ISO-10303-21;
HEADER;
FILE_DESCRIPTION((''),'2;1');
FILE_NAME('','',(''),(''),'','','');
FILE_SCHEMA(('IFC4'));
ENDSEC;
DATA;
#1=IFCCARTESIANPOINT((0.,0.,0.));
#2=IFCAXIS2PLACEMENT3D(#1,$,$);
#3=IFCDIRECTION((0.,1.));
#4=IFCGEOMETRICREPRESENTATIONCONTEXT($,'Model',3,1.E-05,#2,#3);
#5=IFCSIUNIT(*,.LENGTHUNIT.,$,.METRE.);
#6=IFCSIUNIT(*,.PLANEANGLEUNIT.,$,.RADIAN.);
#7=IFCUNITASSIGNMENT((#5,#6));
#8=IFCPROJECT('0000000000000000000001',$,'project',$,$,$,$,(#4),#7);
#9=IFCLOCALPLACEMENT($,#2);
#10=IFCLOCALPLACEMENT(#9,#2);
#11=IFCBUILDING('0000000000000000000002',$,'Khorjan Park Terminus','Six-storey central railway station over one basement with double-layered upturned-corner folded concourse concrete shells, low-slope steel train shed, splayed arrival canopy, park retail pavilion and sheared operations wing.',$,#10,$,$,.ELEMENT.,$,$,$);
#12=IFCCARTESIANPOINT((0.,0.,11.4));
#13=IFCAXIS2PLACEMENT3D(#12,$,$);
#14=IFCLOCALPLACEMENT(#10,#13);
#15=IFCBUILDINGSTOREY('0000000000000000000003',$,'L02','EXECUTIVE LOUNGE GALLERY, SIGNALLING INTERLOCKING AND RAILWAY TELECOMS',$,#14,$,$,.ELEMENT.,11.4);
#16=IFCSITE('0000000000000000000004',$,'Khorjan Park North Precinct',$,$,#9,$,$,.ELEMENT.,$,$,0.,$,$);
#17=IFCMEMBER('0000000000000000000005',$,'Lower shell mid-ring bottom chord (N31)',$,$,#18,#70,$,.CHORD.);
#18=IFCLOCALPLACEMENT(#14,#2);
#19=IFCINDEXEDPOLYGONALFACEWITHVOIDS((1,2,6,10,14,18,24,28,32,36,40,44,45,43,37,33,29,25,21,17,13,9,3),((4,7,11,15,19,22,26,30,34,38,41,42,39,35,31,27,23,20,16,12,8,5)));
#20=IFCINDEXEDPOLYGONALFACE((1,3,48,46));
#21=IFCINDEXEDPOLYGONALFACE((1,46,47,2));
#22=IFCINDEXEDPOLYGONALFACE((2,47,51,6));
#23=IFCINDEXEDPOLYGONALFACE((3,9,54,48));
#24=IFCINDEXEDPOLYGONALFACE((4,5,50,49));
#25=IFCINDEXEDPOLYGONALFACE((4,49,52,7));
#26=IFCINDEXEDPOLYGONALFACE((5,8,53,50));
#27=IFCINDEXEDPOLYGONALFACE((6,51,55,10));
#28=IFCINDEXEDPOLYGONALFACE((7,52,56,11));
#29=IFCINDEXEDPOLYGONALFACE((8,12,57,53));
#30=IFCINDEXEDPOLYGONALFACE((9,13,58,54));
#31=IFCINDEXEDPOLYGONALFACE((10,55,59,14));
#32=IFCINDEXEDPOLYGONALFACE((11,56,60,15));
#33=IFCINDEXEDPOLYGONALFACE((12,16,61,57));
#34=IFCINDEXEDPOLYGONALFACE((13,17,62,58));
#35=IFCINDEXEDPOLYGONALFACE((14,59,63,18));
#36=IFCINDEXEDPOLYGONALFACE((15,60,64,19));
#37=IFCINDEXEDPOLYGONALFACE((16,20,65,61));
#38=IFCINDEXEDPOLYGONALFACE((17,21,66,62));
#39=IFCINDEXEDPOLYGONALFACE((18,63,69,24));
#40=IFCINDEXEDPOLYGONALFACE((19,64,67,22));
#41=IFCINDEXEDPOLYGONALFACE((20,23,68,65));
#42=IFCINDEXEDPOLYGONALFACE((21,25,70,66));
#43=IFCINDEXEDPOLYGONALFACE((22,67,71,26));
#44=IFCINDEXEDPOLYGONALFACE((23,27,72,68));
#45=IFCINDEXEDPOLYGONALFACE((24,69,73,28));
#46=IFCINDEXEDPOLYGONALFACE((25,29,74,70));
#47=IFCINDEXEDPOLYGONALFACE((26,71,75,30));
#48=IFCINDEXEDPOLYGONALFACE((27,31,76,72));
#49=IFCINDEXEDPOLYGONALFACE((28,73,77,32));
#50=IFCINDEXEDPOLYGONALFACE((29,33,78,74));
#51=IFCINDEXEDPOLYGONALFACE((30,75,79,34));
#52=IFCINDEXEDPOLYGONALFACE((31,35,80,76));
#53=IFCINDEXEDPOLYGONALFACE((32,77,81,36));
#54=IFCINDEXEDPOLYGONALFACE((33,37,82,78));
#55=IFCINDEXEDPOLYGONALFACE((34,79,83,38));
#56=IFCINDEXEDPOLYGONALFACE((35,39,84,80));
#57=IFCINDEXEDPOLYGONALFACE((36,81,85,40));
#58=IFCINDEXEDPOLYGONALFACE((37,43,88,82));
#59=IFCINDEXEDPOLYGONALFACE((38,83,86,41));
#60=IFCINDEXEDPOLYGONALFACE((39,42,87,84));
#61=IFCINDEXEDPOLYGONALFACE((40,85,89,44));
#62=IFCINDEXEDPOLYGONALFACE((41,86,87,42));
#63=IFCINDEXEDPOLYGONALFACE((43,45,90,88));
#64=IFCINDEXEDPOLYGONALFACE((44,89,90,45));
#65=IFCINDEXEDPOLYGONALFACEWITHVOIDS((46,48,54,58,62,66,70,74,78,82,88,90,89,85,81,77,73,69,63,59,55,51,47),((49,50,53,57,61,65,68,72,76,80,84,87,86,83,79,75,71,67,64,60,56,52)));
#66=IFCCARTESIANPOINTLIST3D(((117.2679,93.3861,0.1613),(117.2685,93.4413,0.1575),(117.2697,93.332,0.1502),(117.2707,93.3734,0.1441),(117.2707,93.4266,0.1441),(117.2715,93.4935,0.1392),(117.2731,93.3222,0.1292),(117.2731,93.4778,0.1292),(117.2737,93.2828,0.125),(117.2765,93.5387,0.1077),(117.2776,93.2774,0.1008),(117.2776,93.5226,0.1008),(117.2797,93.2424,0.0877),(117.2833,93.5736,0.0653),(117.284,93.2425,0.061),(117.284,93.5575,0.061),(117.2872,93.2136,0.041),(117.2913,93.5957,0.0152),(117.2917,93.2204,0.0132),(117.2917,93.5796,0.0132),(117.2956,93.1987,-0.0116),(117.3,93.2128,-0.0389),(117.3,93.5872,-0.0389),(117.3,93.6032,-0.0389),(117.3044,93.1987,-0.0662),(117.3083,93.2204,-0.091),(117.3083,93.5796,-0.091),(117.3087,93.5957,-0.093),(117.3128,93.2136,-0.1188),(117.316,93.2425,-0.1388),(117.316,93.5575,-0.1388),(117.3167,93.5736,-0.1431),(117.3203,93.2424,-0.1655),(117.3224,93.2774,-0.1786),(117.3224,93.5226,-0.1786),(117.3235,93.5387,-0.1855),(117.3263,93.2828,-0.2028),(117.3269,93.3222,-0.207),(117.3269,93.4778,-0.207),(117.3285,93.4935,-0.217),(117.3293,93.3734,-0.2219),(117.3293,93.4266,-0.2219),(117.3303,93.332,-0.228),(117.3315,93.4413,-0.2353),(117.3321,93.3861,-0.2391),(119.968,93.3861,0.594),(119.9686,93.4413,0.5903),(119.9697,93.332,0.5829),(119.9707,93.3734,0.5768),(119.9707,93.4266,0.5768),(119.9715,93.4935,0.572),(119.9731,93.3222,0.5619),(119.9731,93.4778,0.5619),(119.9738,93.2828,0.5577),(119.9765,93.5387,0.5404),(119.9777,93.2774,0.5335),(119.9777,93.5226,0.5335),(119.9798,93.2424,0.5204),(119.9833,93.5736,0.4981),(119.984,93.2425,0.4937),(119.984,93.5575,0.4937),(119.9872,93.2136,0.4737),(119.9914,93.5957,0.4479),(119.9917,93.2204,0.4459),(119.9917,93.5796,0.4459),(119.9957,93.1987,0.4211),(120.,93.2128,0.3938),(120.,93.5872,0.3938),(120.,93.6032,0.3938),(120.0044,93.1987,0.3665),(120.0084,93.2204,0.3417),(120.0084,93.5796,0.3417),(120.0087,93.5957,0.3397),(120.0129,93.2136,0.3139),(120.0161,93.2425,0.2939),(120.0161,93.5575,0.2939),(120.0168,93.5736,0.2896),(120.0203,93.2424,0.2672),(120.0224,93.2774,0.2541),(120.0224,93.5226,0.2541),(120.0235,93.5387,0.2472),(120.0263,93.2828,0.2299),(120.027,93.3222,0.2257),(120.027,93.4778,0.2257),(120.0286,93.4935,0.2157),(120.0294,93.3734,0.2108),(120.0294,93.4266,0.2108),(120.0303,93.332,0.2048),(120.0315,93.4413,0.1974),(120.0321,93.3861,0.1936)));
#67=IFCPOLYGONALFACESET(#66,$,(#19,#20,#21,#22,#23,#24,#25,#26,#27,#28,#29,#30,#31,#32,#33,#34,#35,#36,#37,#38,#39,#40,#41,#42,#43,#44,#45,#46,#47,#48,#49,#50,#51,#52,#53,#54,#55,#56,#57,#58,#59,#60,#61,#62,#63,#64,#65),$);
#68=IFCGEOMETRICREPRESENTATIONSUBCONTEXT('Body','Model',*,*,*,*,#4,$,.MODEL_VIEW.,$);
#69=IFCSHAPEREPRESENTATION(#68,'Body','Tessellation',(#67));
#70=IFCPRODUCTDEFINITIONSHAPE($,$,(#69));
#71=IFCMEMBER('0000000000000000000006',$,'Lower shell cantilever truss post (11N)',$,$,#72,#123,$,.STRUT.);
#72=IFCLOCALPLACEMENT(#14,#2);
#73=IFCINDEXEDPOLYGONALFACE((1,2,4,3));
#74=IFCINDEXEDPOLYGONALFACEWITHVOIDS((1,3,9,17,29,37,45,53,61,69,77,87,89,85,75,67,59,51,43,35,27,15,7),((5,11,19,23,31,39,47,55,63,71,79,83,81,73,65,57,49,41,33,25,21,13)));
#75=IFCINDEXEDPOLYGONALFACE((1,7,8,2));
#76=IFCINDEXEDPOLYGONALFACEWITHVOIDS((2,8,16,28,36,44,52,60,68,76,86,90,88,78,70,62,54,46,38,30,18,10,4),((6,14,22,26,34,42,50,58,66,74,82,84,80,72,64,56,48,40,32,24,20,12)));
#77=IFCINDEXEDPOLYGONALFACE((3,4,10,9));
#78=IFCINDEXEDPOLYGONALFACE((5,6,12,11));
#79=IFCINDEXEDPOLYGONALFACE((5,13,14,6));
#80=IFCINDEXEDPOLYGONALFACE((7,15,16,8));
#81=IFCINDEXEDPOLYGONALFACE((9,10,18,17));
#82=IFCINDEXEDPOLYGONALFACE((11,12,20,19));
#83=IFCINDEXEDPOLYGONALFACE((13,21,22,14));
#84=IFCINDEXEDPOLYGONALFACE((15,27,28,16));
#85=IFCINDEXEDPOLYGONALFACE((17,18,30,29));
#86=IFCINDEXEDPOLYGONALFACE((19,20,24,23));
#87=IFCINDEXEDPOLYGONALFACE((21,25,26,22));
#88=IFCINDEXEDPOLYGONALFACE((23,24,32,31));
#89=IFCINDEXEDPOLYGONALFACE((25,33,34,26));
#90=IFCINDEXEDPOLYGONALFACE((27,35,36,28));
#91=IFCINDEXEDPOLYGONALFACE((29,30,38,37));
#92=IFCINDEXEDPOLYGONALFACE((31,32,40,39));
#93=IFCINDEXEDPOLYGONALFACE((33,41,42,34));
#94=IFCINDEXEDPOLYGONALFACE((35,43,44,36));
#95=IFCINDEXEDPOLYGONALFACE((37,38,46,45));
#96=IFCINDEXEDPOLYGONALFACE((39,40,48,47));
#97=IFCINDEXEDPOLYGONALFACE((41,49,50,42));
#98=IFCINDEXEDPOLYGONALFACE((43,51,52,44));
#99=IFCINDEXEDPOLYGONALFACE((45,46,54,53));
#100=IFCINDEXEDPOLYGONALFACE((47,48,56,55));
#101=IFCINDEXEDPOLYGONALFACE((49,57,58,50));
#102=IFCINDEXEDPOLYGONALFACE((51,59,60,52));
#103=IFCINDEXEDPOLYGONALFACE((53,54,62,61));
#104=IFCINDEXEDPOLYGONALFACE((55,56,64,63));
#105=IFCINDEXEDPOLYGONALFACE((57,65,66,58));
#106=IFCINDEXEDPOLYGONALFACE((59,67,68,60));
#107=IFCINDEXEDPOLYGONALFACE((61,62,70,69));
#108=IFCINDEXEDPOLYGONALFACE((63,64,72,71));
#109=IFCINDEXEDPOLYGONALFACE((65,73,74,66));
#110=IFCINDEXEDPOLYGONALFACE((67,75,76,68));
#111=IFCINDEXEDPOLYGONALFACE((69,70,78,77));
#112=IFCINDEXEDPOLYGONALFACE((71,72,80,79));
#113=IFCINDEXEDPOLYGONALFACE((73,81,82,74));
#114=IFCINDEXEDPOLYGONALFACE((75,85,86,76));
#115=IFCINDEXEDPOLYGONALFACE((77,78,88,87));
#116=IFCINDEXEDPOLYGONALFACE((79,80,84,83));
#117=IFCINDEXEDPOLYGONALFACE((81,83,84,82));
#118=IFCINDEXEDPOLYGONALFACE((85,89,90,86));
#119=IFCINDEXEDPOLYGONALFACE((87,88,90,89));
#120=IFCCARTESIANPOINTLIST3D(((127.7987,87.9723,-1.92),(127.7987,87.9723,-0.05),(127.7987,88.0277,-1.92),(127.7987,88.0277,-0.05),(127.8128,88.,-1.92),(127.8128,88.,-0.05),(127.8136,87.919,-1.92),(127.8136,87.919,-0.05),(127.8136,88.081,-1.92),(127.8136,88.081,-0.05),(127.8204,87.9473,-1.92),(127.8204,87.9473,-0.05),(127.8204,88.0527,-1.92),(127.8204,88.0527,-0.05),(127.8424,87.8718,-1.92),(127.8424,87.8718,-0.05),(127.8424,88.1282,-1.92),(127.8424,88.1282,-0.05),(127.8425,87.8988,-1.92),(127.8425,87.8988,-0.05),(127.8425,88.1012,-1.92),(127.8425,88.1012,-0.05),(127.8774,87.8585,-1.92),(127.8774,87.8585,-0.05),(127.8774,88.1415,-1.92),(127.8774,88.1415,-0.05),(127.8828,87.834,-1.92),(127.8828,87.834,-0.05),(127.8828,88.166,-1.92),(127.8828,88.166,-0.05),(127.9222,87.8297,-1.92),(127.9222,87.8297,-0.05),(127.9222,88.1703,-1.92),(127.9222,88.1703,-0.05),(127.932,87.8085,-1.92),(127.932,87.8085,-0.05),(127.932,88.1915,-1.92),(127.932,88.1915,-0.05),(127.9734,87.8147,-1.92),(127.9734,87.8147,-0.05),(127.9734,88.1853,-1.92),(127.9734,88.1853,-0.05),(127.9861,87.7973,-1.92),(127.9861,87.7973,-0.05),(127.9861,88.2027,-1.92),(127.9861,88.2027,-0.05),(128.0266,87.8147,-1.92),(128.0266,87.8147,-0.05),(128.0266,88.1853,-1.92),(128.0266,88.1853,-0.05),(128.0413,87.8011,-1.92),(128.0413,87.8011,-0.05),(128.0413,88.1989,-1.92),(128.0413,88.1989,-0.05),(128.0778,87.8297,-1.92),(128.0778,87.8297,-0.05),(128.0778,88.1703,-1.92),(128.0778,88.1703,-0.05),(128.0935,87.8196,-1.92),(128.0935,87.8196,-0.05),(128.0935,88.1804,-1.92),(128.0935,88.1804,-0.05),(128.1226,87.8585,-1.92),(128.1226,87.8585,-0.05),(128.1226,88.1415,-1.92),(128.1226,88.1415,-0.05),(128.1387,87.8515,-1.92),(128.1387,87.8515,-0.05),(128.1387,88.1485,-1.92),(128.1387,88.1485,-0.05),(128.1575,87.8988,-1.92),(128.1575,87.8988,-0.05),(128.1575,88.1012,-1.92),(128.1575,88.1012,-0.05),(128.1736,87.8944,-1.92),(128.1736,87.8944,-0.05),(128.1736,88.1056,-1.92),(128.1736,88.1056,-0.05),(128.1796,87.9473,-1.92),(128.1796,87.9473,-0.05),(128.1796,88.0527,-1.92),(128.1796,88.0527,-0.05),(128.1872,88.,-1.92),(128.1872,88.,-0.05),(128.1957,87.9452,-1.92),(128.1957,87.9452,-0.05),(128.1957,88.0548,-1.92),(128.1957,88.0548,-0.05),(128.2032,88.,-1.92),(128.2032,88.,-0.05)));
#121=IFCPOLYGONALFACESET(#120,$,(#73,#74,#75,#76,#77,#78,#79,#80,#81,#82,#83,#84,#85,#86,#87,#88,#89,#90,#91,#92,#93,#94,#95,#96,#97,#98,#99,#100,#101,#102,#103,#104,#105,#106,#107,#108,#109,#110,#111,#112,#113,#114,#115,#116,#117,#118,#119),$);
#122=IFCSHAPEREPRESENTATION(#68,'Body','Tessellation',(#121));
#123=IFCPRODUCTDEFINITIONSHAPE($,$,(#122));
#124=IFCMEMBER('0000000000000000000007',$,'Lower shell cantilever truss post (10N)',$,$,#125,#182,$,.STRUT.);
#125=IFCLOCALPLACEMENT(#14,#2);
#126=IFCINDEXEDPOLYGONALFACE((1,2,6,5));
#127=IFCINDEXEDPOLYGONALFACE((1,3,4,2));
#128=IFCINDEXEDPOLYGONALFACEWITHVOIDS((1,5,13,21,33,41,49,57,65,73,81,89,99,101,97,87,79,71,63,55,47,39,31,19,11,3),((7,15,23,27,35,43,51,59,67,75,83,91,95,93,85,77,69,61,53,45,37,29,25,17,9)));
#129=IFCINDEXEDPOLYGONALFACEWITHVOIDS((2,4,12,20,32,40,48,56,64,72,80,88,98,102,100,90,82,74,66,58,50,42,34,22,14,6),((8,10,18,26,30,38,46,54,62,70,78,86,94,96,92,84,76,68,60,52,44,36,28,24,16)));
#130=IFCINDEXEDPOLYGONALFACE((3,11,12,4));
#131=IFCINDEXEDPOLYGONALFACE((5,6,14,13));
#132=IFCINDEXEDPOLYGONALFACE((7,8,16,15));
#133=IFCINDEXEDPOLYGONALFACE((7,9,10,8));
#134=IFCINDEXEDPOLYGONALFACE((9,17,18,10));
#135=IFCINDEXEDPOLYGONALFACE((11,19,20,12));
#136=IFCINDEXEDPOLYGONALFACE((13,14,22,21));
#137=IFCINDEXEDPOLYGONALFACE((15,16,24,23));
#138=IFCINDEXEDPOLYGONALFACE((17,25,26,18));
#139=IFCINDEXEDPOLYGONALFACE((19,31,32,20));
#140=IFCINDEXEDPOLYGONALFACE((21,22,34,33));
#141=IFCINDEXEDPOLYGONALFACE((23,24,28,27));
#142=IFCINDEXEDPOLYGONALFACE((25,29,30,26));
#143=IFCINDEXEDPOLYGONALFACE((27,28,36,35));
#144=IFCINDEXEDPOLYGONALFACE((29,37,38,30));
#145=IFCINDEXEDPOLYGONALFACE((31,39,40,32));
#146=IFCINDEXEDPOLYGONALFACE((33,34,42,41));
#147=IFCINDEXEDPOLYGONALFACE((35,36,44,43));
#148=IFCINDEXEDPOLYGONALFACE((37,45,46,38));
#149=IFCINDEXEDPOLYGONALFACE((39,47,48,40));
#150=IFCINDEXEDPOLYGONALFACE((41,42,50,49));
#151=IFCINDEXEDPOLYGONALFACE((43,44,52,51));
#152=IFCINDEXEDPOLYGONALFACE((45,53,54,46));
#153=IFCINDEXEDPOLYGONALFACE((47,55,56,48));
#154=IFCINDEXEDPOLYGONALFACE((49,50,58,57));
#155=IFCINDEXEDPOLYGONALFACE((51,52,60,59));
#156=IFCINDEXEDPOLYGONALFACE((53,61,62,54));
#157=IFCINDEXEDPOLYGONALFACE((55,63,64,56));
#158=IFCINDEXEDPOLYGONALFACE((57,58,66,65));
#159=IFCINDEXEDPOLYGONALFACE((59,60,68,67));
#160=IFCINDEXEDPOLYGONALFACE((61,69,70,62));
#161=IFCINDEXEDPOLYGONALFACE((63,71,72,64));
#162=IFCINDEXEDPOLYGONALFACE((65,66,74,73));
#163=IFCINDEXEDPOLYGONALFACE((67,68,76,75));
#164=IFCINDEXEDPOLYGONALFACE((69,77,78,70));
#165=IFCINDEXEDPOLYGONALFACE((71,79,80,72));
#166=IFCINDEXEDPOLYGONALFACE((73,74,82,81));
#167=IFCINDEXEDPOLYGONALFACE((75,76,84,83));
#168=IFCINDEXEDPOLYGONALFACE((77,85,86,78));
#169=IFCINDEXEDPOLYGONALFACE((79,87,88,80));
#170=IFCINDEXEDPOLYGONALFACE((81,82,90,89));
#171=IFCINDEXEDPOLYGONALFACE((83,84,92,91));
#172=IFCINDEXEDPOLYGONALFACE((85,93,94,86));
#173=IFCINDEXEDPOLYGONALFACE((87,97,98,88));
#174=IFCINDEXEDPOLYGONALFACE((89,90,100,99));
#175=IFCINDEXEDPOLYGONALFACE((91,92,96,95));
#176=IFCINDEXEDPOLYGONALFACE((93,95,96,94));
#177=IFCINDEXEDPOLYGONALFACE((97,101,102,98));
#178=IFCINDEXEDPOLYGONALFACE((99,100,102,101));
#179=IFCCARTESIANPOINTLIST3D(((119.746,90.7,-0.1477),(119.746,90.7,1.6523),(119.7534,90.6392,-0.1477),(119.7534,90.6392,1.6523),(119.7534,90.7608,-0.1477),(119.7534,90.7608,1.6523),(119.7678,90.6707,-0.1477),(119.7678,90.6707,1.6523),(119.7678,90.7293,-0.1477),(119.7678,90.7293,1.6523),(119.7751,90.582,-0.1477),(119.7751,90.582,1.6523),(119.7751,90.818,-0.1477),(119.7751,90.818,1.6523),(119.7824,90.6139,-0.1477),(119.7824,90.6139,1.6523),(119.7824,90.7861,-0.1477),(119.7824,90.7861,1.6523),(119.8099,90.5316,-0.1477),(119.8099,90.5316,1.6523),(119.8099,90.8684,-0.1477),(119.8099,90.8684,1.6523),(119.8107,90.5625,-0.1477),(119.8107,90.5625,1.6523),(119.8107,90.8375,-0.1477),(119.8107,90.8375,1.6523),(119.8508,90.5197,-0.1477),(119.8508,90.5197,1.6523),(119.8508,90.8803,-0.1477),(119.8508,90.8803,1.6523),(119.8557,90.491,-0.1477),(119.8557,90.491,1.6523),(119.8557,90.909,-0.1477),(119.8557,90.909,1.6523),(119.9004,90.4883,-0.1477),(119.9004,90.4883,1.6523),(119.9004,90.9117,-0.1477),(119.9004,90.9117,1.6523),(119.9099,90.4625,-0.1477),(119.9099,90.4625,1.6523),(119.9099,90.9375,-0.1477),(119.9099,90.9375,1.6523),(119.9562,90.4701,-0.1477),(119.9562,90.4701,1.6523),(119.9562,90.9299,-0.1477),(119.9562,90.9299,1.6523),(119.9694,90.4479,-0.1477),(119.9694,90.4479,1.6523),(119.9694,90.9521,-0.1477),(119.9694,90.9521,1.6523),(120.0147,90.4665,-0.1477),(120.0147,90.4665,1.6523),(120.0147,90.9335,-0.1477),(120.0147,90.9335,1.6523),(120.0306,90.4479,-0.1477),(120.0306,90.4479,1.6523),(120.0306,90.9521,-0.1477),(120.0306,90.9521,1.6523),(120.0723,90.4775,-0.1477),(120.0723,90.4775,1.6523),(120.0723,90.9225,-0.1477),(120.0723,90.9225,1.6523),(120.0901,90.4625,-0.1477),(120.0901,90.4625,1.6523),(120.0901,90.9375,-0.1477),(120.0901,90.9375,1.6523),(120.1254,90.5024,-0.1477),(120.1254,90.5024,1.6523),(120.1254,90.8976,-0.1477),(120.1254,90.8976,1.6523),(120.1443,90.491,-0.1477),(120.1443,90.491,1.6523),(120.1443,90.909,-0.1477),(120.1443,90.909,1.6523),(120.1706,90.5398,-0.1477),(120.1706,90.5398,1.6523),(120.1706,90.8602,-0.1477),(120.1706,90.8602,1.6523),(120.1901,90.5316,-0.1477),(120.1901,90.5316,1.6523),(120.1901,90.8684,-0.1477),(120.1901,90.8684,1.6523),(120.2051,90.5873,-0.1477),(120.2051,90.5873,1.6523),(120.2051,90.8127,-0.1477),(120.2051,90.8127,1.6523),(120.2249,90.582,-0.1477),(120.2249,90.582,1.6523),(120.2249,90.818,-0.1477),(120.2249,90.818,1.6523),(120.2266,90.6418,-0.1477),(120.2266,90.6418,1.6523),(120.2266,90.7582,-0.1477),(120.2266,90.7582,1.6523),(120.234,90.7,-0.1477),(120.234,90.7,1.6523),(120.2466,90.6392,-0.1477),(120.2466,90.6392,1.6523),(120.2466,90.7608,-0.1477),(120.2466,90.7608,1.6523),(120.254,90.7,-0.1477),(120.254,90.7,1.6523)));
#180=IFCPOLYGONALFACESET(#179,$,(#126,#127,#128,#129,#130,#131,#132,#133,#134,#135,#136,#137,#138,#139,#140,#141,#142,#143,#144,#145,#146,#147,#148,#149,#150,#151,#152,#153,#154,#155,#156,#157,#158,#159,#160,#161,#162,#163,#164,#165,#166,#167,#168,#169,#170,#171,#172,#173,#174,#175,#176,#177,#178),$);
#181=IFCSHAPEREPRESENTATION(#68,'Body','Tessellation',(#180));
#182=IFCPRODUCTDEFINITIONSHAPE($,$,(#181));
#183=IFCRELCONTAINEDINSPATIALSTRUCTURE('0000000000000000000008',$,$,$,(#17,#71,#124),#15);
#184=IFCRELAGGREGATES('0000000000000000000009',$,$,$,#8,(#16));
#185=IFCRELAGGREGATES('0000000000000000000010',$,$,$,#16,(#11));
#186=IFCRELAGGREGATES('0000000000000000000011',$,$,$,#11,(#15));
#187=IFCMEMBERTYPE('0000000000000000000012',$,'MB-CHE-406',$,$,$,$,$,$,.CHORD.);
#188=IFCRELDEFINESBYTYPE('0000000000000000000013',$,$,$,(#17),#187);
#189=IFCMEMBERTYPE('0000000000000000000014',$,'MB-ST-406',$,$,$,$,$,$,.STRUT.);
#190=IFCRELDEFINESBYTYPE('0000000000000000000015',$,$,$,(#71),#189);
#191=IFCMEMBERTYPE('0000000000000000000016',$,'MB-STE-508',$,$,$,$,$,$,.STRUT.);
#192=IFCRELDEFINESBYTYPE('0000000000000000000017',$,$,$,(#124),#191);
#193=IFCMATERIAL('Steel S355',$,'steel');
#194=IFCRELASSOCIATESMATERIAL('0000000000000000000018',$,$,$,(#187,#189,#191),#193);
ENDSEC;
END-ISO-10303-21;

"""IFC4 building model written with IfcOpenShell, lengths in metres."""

from ifc_helpers import new_model, si_unit, direction, frame, origin, origin_2d, place, context, subcontext, project, spatial, hollow_circle, extrude, material, material_profile, profile_set, type_object, element, save


model = new_model("IFC4")

# Units and contexts
model_context = context("Model", 3, precision=1e-05, world=origin(), true_north=direction((0.0, 1.0)))
body_context = subcontext(model_context, "Body", "Model", "MODEL_VIEW")
ifc_project = project(units=[si_unit("LENGTHUNIT", "METRE"), si_unit("PLANEANGLEUNIT", "RADIAN")], contexts=[model_context])

# Site, building, storey
site_placement = place(None, origin())
site = spatial("IfcSite", under=ifc_project, at=site_placement, Name="Khorjan Park North Precinct", CompositionType="ELEMENT", RefElevation=0.0)
building_placement = place(site_placement, origin())
building = spatial("IfcBuilding", under=site, at=building_placement, Name="Khorjan Park Terminus", Description="Six-storey central railway station over one basement with double-layered upturned-corner folded concourse concrete shells, low-slope steel train shed, splayed arrival canopy, park retail pavilion and sheared operations wing.", CompositionType="ELEMENT")
storey_placement = place(building_placement, frame((0.0, 0.0, 11.4)))
storey = spatial("IfcBuildingStorey", under=building, at=storey_placement, Name="L02", Description="EXECUTIVE LOUNGE GALLERY, SIGNALLING INTERLOCKING AND RAILWAY TELECOMS", CompositionType="ELEMENT", Elevation=11.4)

# Members
ifc_material_1 = material(Name="Steel S355", Category="steel")
ifc_material_profile_1 = material_profile(ifc_material_1, hollow_circle(Radius=0.2032, WallThickness=0.016, at=origin_2d()), Name="CHS 406.4x16")
ifc_profile_set_1 = profile_set([ifc_material_profile_1], Name="Steel S355")
member_type_1 = type_object("IfcMemberType", Name="MB-CHE-406", PredefinedType="CHORD", material=ifc_profile_set_1)
for number, where, z_axis, x_axis, name in (
    (1, (117.3, 93.4, -0.0389), (0.987401, 0.0, 0.15824), (0.0, 1.0, 0.0), "Lower shell mid-ring bottom chord (N31)"),
):
    element("IfcMember", number, at=place(storey_placement, frame(where, z_axis=z_axis, x_axis=x_axis)), inside=storey, type_object=member_type_1, Name=name, PredefinedType="CHORD", context=body_context, shape_type="SweptSolid", body=[
        extrude(hollow_circle(Radius=0.2032, WallThickness=0.016, at=origin_2d()), origin(), (0.0, 0.0, 1.0), 2.7345),
    ])
ifc_material_profile_2 = material_profile(ifc_material_1, hollow_circle(Radius=0.2032, WallThickness=0.016, at=origin_2d()), Name="CHS 406.4x16")
ifc_profile_set_2 = profile_set([ifc_material_profile_2], Name="Steel S355")
member_type_2 = type_object("IfcMemberType", Name="MB-ST-406", PredefinedType="STRUT", material=ifc_profile_set_2)
member_1_placement = place(storey_placement, frame((128.0, 88.0, -1.92), z_axis=(0.0, 0.0, 1.0), x_axis=(1.0, 0.0, 0.0)))
element("IfcMember", 2, at=member_1_placement, inside=storey, type_object=member_type_2, Name="Lower shell cantilever truss post (11N)", PredefinedType="STRUT", context=body_context, shape_type="SweptSolid", body=[
    extrude(hollow_circle(Radius=0.2032, WallThickness=0.016, at=origin_2d()), origin(), (0.0, 0.0, 1.0), 1.87),
])
ifc_material_profile_3 = material_profile(ifc_material_1, hollow_circle(Radius=0.254, WallThickness=0.02, at=origin_2d()), Name="CHS 508x20")
ifc_profile_set_3 = profile_set([ifc_material_profile_3], Name="Steel S355")
member_type_3 = type_object("IfcMemberType", Name="MB-STE-508", PredefinedType="STRUT", material=ifc_profile_set_3)
for number, where, z_axis, x_axis, name in (
    (3, (120.0, 90.7, -0.1477), (0.0, 0.0, 1.0), (1.0, 0.0, 0.0), "Lower shell cantilever truss post (10N)"),
):
    element("IfcMember", number, at=place(storey_placement, frame(where, z_axis=z_axis, x_axis=x_axis)), inside=storey, type_object=member_type_3, Name=name, PredefinedType="STRUT", context=body_context, shape_type="SweptSolid", body=[
        extrude(hollow_circle(Radius=0.254, WallThickness=0.02, at=origin_2d()), origin(), (0.0, 0.0, 1.0), 1.8),
    ])

save(model, "model.ifc")
